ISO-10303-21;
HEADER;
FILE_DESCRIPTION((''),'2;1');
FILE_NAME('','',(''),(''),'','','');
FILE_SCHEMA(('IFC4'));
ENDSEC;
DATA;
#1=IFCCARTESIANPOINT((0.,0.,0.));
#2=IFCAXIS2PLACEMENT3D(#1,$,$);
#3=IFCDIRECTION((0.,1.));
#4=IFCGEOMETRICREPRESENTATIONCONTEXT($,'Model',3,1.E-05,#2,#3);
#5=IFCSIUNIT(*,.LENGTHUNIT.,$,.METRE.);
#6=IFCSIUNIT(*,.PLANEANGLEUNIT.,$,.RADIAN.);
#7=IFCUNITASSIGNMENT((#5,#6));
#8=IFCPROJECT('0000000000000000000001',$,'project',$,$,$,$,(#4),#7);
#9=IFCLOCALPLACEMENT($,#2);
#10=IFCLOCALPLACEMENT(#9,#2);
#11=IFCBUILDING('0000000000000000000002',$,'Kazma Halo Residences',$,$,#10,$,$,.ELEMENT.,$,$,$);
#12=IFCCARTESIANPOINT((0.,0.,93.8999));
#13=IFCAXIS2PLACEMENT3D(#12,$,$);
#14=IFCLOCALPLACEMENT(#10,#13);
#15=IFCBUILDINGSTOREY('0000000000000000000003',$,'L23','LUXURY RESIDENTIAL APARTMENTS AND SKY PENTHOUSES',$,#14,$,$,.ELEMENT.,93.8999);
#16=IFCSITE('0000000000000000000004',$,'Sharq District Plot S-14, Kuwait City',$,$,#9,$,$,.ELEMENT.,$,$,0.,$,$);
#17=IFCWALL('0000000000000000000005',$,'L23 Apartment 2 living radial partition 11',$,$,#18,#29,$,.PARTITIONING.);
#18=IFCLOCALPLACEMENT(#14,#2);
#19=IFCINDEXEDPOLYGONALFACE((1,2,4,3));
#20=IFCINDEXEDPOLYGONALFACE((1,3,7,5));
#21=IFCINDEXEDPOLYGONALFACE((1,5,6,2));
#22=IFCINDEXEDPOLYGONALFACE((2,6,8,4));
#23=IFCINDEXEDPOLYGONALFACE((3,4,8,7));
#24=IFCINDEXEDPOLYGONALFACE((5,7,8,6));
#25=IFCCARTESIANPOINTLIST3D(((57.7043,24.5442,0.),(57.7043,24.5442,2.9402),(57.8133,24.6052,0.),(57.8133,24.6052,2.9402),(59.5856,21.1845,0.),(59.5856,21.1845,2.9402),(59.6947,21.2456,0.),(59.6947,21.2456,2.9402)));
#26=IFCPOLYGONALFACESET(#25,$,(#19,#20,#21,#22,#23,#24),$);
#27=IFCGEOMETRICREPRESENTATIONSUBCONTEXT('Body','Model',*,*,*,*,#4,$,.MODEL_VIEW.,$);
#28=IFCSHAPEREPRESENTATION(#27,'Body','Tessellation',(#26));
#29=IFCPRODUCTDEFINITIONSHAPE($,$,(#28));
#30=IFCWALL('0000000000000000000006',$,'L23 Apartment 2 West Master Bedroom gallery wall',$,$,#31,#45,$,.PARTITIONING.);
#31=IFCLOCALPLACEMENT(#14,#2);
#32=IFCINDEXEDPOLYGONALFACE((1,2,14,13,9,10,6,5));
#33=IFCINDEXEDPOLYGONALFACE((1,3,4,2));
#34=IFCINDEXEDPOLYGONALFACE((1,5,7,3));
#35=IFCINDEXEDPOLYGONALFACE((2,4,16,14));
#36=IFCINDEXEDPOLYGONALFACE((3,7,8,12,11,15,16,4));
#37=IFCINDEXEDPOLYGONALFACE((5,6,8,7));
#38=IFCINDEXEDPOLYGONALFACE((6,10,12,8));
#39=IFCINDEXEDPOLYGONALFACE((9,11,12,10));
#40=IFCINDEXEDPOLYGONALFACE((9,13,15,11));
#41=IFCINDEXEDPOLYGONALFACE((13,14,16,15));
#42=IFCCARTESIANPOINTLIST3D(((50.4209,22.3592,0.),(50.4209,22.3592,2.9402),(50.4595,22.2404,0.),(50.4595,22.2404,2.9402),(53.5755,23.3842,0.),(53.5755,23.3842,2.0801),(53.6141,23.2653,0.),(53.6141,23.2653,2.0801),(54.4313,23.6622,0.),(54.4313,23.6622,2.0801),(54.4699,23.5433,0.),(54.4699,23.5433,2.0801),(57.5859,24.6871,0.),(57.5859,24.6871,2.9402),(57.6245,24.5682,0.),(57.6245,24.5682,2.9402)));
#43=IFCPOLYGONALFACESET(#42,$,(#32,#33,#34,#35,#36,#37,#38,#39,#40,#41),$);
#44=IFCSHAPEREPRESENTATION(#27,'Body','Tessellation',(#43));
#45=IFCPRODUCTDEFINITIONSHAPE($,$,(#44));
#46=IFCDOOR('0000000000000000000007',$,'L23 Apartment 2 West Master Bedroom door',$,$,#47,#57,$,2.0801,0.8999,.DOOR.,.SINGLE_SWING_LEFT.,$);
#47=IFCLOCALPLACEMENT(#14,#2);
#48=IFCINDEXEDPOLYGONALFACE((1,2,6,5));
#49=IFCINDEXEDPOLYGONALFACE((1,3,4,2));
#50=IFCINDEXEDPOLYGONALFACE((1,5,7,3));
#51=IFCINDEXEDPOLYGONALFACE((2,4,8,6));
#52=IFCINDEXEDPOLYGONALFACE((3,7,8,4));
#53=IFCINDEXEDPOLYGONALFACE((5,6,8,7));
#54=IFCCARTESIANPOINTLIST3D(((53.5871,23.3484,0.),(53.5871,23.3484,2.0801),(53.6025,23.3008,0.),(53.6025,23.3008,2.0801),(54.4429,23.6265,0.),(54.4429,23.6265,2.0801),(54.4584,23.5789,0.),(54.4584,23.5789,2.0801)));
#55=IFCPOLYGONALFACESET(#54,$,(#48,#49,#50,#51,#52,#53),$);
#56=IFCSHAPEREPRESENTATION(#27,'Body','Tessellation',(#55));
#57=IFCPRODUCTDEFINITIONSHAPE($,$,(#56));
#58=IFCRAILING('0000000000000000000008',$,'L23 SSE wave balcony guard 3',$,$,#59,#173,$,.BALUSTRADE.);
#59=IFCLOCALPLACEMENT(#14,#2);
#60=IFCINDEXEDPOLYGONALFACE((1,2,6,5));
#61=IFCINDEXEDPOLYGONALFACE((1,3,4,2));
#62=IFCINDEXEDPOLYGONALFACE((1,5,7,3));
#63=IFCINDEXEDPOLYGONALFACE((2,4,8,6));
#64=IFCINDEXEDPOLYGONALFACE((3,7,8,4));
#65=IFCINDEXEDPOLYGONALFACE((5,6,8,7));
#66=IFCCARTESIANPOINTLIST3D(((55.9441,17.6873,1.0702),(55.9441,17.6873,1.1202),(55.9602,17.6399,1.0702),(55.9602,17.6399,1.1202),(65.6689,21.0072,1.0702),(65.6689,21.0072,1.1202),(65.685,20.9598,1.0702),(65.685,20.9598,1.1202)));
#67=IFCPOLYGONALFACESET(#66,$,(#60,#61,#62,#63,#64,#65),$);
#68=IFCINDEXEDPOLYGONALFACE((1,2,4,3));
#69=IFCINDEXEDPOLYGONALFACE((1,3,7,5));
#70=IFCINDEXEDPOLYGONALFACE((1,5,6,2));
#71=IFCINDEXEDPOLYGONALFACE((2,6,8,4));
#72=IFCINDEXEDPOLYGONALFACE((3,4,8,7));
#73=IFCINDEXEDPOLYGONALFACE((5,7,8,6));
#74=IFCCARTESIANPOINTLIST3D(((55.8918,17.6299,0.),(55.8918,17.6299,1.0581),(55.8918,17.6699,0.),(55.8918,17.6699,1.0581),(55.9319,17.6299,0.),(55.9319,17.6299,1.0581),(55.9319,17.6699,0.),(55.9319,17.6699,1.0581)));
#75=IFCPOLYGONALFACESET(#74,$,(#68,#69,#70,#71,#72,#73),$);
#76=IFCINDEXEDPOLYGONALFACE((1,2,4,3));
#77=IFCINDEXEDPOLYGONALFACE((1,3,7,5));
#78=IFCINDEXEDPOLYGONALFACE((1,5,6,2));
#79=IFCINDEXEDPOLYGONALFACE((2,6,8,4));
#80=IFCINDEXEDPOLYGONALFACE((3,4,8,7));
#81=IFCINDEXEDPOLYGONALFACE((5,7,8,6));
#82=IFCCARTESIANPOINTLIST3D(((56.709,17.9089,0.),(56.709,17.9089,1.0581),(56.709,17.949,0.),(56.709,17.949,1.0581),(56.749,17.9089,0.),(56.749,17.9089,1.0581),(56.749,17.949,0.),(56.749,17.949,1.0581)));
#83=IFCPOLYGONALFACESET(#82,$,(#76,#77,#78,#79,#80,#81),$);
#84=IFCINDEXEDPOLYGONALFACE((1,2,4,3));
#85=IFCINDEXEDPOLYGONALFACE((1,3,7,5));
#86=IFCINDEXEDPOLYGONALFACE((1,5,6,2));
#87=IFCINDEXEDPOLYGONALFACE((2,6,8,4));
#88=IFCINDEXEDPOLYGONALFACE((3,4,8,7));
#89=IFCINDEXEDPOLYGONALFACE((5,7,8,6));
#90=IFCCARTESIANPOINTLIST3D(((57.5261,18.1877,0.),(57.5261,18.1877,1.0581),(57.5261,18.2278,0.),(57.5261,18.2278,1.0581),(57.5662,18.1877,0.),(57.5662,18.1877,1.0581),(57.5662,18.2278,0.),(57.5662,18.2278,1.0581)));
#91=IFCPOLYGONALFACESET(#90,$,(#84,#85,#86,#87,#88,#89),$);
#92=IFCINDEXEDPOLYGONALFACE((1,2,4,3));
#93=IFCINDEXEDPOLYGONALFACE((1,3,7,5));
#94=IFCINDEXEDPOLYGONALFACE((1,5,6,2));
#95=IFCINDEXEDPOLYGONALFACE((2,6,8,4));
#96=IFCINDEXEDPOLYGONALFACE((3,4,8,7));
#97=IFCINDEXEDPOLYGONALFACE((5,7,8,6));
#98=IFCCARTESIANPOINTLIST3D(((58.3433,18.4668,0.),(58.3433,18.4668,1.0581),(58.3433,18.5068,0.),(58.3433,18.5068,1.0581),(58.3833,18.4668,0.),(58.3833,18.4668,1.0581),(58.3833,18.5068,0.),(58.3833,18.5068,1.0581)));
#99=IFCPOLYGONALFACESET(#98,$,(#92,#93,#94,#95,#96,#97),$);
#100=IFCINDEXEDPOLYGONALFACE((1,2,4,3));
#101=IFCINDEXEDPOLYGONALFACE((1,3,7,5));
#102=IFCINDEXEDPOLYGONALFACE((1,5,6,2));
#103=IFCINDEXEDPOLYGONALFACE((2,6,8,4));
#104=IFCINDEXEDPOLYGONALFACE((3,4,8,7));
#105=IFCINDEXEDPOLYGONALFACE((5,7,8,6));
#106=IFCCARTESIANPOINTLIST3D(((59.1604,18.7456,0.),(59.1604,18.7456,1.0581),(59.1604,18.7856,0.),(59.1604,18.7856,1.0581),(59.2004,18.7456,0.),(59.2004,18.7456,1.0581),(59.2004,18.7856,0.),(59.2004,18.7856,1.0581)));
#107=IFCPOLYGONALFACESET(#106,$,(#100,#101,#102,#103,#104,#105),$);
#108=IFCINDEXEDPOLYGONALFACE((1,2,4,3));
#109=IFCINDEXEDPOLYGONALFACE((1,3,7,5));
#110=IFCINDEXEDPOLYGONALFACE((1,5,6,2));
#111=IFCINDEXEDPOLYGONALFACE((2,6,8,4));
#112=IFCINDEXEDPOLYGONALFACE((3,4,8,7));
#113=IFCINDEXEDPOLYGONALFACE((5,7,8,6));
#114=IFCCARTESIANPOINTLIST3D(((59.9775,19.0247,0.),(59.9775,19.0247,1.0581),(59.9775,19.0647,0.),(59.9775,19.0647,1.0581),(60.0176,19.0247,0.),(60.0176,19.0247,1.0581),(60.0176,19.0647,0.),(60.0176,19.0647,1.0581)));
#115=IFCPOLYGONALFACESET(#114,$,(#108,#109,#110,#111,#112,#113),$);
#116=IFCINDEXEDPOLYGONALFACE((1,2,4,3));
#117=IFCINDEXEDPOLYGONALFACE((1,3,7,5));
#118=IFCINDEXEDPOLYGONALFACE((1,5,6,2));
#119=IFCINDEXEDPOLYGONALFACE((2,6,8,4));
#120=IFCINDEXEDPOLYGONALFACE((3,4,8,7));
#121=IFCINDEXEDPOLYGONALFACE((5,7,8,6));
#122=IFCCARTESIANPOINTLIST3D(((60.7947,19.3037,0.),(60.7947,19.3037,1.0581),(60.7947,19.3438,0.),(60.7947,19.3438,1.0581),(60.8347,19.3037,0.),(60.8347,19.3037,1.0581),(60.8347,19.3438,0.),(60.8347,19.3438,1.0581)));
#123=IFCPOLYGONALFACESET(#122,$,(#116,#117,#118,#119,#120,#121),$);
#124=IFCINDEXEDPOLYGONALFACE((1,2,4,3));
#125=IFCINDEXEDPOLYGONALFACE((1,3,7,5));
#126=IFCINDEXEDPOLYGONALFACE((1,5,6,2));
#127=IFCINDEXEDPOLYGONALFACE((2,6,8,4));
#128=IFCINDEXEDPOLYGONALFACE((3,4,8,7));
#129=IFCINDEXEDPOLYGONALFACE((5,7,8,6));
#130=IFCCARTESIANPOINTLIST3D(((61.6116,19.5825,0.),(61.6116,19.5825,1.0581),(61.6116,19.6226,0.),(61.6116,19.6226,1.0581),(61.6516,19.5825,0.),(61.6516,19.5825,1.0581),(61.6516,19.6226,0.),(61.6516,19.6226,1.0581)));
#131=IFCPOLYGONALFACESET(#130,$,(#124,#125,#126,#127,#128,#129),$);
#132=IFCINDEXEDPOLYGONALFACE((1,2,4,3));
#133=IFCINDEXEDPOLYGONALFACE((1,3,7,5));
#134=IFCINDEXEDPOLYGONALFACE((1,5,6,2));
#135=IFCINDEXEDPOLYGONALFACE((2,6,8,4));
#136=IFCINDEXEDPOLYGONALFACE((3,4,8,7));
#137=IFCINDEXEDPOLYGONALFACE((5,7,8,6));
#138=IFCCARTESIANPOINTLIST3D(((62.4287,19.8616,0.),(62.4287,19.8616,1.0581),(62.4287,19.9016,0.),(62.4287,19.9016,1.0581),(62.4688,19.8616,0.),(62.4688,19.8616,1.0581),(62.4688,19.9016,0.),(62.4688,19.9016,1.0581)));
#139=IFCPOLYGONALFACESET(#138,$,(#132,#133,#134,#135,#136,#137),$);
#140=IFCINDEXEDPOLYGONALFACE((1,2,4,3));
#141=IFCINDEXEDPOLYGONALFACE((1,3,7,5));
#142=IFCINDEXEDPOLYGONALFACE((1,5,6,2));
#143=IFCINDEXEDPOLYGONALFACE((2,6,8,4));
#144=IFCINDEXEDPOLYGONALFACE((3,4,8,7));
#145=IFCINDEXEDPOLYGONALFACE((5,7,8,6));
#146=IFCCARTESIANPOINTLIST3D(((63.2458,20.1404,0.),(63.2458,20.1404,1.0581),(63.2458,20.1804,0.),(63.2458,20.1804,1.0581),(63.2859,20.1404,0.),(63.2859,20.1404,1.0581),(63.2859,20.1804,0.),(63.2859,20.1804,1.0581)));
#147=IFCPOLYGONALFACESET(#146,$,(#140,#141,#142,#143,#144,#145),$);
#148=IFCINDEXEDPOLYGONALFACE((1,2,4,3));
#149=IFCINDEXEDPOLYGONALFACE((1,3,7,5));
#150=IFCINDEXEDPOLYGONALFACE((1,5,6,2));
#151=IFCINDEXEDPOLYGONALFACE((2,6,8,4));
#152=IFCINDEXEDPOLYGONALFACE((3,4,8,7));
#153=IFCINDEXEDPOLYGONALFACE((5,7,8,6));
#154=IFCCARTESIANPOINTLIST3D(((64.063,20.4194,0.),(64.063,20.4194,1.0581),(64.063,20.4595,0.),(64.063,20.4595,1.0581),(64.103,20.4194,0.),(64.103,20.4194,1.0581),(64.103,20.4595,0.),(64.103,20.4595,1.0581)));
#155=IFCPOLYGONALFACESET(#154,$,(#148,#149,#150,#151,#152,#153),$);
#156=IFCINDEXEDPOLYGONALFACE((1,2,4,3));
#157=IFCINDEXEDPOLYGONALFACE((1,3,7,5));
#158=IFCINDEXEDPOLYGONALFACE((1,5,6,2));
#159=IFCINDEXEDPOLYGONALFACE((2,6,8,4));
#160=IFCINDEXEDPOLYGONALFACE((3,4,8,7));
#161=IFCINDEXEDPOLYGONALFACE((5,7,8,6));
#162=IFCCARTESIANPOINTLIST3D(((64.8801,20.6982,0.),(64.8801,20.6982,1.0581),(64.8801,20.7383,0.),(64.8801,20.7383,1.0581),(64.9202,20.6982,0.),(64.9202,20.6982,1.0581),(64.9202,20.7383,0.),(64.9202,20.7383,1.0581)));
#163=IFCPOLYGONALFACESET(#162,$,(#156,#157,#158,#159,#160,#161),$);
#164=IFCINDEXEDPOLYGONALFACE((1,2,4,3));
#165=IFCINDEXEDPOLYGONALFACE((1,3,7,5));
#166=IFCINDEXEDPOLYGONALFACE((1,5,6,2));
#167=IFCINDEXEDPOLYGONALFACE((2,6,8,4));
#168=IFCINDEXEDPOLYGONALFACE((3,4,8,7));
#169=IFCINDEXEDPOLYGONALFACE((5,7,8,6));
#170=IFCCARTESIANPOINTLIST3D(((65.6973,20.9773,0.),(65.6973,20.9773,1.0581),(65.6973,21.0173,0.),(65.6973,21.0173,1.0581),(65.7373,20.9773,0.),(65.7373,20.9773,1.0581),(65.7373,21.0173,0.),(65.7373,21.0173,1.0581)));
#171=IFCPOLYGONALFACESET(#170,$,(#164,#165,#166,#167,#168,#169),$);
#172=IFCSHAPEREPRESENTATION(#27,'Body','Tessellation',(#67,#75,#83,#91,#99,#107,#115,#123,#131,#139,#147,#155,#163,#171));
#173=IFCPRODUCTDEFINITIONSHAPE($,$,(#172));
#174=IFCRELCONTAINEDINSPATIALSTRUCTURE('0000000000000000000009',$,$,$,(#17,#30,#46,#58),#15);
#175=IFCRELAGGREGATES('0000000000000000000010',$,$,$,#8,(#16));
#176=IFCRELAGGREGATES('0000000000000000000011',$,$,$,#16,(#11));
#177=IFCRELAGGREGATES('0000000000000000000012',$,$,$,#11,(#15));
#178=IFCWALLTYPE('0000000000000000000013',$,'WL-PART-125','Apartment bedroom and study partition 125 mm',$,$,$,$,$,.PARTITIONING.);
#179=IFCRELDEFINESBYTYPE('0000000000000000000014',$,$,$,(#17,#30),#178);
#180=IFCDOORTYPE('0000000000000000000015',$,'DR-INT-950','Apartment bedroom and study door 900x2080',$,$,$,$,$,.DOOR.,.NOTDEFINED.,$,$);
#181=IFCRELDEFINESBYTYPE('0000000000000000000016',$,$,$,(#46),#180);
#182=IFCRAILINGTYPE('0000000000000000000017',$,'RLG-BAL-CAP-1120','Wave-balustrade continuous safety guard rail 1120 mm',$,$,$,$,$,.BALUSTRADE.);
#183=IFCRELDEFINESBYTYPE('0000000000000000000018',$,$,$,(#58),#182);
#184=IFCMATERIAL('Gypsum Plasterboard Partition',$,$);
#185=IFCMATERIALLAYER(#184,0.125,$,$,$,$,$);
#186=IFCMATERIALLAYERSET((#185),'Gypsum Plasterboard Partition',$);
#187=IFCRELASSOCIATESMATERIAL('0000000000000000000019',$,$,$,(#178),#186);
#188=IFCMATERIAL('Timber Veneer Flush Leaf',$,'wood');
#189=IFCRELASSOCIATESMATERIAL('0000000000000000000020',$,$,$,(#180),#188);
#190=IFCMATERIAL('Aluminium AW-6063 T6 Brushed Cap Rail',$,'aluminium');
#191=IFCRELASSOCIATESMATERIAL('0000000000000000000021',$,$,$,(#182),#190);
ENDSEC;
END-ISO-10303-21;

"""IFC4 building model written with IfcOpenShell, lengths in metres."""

from ifc_helpers import new_model, si_unit, direction, frame, frame_2d, origin, origin_2d, place, context, subcontext, project, spatial, rectangle, extrude, material, layer, layer_set, type_object, element, fill, save


model = new_model("IFC4")

# Units and contexts
model_context = context("Model", 3, precision=1e-05, world=origin(), true_north=direction((0.0, 1.0)))
body_context = subcontext(model_context, "Body", "Model", "MODEL_VIEW")
ifc_project = project(units=[si_unit("LENGTHUNIT", "METRE"), si_unit("PLANEANGLEUNIT", "RADIAN")], contexts=[model_context])

# Site, building, storey
site_placement = place(None, origin())
site = spatial("IfcSite", under=ifc_project, at=site_placement, Name="Sharq District Plot S-14, Kuwait City", CompositionType="ELEMENT", RefElevation=0.0)
building_placement = place(site_placement, origin())
building = spatial("IfcBuilding", under=site, at=building_placement, Name="Kazma Halo Residences", CompositionType="ELEMENT")
storey_placement = place(building_placement, frame((0.0, 0.0, 93.8999)))
storey = spatial("IfcBuildingStorey", under=building, at=storey_placement, Name="L23", Description="LUXURY RESIDENTIAL APARTMENTS AND SKY PENTHOUSES", CompositionType="ELEMENT", Elevation=93.8999)

# Wall
ifc_material_1 = material(Name="Gypsum Plasterboard Partition")
ifc_layer_1 = layer(ifc_material_1, 0.125)
ifc_layer_set_1 = layer_set([ifc_layer_1], Name="Gypsum Plasterboard Partition")
wall_type_1 = type_object("IfcWallType", Name="WL-PART-125", Description="Apartment bedroom and study partition 125 mm", PredefinedType="PARTITIONING", material=ifc_layer_set_1)
wall_1_placement = place(storey_placement, frame((57.7588, 24.5747, 0.0), z_axis=(0.0, 0.0, 1.0), x_axis=(0.488596, -0.87251, 0.0)))
element("IfcWall", 1, at=wall_1_placement, inside=storey, type_object=wall_type_1, Name="L23 Apartment 2 living radial partition 11", PredefinedType="PARTITIONING", context=body_context, shape_type="SweptSolid", body=[
    extrude(rectangle(XDim=3.8506, YDim=0.125, at=frame_2d((1.9253, 0.0))), origin(), (0.0, 0.0, 1.0), 2.9402),
])

# Wall, opening, door
wall_2_placement = place(storey_placement, frame((50.4402, 22.2998, 0.0), z_axis=(0.0, 0.0, 1.0), x_axis=(0.951064, 0.308995, 0.0)))
wall_2 = element("IfcWall", 2, at=wall_2_placement, inside=storey, type_object=wall_type_1, Name="L23 Apartment 2 West Master Bedroom gallery wall", PredefinedType="PARTITIONING", context=body_context, shape_type="SweptSolid", body=[
    extrude(rectangle(XDim=7.5337, YDim=0.125, at=frame_2d((3.7668, 0.0))), origin(), (0.0, 0.0, 1.0), 2.9402),
])
opening_1_placement = place(wall_2_placement, frame((3.3169, 0.0, 0.0)))
opening_1 = element("IfcOpeningElement", 3, at=opening_1_placement, cuts=wall_2, PredefinedType="OPENING", context=body_context, shape_type="SweptSolid", body=[
    extrude(rectangle(XDim=0.8999, YDim=2.0801, at=frame_2d((0.45, 1.04))), frame((0.0, 0.0725, 0.0), z_axis=(0.0, -1.0, 0.0), x_axis=(1.0, 0.0, 0.0)), (0.0, 0.0, 1.0), 0.145),
])
ifc_material_2 = material(Name="Timber Veneer Flush Leaf", Category="wood")
door_type_1 = type_object("IfcDoorType", Name="DR-INT-950", Description="Apartment bedroom and study door 900x2080", OperationType="NOTDEFINED", PredefinedType="DOOR", material=ifc_material_2)
door_1_placement = place(opening_1_placement, origin())
door_1 = element("IfcDoor", 4, at=door_1_placement, inside=storey, type_object=door_type_1, Name="L23 Apartment 2 West Master Bedroom door", OperationType="SINGLE_SWING_LEFT", OverallHeight=2.0801, OverallWidth=0.8999, PredefinedType="DOOR", context=body_context, shape_type="SweptSolid", body=[
    extrude(rectangle(XDim=0.8999, YDim=2.0801, at=frame_2d((0.45, 1.04))), frame((0.0, 0.0249, 0.0), z_axis=(0.0, -1.0, 0.0), x_axis=(1.0, 0.0, 0.0)), (0.0, 0.0, 1.0), 0.05),
])
fill(opening_1, door_1)

# Railing
ifc_material_3 = material(Name="Aluminium AW-6063 T6 Brushed Cap Rail", Category="aluminium")
railing_type = type_object("IfcRailingType", Name="RLG-BAL-CAP-1120", Description="Wave-balustrade continuous safety guard rail 1120 mm", PredefinedType="BALUSTRADE", material=ifc_material_3)
railing_placement = place(storey_placement, frame((55.9119, 17.6499, 0.0)))
element("IfcRailing", 5, at=railing_placement, inside=storey, type_object=railing_type, Name="L23 SSE wave balcony guard 3", PredefinedType="BALUSTRADE", context=body_context, shape_type="SweptSolid", body=[
    extrude(rectangle(XDim=0.05, YDim=0.05, at=origin_2d()), frame((0.0403, 0.0137, 1.0952), z_axis=(0.946373, 0.323076, 0.0), x_axis=(-0.323076, 0.946373, 0.0)), (0.0, 0.0, 1.0), 10.2759),
    extrude(rectangle(XDim=0.04, YDim=0.04, at=origin_2d()), origin(), (0.0, 0.0, 1.0), 1.0581),
    extrude(rectangle(XDim=0.04, YDim=0.04, at=origin_2d()), frame((0.8171, 0.2791, 0.0)), (0.0, 0.0, 1.0), 1.0581),
    extrude(rectangle(XDim=0.04, YDim=0.04, at=origin_2d()), frame((1.6343, 0.5579, 0.0)), (0.0, 0.0, 1.0), 1.0581),
    extrude(rectangle(XDim=0.04, YDim=0.04, at=origin_2d()), frame((2.4514, 0.8369, 0.0)), (0.0, 0.0, 1.0), 1.0581),
    extrude(rectangle(XDim=0.04, YDim=0.04, at=origin_2d()), frame((3.2686, 1.1157, 0.0)), (0.0, 0.0, 1.0), 1.0581),
    extrude(rectangle(XDim=0.04, YDim=0.04, at=origin_2d()), frame((4.0857, 1.3948, 0.0)), (0.0, 0.0, 1.0), 1.0581),
    extrude(rectangle(XDim=0.04, YDim=0.04, at=origin_2d()), frame((4.9028, 1.6738, 0.0)), (0.0, 0.0, 1.0), 1.0581),
    extrude(rectangle(XDim=0.04, YDim=0.04, at=origin_2d()), frame((5.7197, 1.9526, 0.0)), (0.0, 0.0, 1.0), 1.0581),
    extrude(rectangle(XDim=0.04, YDim=0.04, at=origin_2d()), frame((6.5369, 2.2317, 0.0)), (0.0, 0.0, 1.0), 1.0581),
    extrude(rectangle(XDim=0.04, YDim=0.04, at=origin_2d()), frame((7.354, 2.5105, 0.0)), (0.0, 0.0, 1.0), 1.0581),
    extrude(rectangle(XDim=0.04, YDim=0.04, at=origin_2d()), frame((8.1711, 2.7896, 0.0)), (0.0, 0.0, 1.0), 1.0581),
    extrude(rectangle(XDim=0.04, YDim=0.04, at=origin_2d()), frame((8.9883, 3.0684, 0.0)), (0.0, 0.0, 1.0), 1.0581),
    extrude(rectangle(XDim=0.04, YDim=0.04, at=origin_2d()), frame((9.8054, 3.3474, 0.0)), (0.0, 0.0, 1.0), 1.0581),
])

save(model, "model.ifc")
